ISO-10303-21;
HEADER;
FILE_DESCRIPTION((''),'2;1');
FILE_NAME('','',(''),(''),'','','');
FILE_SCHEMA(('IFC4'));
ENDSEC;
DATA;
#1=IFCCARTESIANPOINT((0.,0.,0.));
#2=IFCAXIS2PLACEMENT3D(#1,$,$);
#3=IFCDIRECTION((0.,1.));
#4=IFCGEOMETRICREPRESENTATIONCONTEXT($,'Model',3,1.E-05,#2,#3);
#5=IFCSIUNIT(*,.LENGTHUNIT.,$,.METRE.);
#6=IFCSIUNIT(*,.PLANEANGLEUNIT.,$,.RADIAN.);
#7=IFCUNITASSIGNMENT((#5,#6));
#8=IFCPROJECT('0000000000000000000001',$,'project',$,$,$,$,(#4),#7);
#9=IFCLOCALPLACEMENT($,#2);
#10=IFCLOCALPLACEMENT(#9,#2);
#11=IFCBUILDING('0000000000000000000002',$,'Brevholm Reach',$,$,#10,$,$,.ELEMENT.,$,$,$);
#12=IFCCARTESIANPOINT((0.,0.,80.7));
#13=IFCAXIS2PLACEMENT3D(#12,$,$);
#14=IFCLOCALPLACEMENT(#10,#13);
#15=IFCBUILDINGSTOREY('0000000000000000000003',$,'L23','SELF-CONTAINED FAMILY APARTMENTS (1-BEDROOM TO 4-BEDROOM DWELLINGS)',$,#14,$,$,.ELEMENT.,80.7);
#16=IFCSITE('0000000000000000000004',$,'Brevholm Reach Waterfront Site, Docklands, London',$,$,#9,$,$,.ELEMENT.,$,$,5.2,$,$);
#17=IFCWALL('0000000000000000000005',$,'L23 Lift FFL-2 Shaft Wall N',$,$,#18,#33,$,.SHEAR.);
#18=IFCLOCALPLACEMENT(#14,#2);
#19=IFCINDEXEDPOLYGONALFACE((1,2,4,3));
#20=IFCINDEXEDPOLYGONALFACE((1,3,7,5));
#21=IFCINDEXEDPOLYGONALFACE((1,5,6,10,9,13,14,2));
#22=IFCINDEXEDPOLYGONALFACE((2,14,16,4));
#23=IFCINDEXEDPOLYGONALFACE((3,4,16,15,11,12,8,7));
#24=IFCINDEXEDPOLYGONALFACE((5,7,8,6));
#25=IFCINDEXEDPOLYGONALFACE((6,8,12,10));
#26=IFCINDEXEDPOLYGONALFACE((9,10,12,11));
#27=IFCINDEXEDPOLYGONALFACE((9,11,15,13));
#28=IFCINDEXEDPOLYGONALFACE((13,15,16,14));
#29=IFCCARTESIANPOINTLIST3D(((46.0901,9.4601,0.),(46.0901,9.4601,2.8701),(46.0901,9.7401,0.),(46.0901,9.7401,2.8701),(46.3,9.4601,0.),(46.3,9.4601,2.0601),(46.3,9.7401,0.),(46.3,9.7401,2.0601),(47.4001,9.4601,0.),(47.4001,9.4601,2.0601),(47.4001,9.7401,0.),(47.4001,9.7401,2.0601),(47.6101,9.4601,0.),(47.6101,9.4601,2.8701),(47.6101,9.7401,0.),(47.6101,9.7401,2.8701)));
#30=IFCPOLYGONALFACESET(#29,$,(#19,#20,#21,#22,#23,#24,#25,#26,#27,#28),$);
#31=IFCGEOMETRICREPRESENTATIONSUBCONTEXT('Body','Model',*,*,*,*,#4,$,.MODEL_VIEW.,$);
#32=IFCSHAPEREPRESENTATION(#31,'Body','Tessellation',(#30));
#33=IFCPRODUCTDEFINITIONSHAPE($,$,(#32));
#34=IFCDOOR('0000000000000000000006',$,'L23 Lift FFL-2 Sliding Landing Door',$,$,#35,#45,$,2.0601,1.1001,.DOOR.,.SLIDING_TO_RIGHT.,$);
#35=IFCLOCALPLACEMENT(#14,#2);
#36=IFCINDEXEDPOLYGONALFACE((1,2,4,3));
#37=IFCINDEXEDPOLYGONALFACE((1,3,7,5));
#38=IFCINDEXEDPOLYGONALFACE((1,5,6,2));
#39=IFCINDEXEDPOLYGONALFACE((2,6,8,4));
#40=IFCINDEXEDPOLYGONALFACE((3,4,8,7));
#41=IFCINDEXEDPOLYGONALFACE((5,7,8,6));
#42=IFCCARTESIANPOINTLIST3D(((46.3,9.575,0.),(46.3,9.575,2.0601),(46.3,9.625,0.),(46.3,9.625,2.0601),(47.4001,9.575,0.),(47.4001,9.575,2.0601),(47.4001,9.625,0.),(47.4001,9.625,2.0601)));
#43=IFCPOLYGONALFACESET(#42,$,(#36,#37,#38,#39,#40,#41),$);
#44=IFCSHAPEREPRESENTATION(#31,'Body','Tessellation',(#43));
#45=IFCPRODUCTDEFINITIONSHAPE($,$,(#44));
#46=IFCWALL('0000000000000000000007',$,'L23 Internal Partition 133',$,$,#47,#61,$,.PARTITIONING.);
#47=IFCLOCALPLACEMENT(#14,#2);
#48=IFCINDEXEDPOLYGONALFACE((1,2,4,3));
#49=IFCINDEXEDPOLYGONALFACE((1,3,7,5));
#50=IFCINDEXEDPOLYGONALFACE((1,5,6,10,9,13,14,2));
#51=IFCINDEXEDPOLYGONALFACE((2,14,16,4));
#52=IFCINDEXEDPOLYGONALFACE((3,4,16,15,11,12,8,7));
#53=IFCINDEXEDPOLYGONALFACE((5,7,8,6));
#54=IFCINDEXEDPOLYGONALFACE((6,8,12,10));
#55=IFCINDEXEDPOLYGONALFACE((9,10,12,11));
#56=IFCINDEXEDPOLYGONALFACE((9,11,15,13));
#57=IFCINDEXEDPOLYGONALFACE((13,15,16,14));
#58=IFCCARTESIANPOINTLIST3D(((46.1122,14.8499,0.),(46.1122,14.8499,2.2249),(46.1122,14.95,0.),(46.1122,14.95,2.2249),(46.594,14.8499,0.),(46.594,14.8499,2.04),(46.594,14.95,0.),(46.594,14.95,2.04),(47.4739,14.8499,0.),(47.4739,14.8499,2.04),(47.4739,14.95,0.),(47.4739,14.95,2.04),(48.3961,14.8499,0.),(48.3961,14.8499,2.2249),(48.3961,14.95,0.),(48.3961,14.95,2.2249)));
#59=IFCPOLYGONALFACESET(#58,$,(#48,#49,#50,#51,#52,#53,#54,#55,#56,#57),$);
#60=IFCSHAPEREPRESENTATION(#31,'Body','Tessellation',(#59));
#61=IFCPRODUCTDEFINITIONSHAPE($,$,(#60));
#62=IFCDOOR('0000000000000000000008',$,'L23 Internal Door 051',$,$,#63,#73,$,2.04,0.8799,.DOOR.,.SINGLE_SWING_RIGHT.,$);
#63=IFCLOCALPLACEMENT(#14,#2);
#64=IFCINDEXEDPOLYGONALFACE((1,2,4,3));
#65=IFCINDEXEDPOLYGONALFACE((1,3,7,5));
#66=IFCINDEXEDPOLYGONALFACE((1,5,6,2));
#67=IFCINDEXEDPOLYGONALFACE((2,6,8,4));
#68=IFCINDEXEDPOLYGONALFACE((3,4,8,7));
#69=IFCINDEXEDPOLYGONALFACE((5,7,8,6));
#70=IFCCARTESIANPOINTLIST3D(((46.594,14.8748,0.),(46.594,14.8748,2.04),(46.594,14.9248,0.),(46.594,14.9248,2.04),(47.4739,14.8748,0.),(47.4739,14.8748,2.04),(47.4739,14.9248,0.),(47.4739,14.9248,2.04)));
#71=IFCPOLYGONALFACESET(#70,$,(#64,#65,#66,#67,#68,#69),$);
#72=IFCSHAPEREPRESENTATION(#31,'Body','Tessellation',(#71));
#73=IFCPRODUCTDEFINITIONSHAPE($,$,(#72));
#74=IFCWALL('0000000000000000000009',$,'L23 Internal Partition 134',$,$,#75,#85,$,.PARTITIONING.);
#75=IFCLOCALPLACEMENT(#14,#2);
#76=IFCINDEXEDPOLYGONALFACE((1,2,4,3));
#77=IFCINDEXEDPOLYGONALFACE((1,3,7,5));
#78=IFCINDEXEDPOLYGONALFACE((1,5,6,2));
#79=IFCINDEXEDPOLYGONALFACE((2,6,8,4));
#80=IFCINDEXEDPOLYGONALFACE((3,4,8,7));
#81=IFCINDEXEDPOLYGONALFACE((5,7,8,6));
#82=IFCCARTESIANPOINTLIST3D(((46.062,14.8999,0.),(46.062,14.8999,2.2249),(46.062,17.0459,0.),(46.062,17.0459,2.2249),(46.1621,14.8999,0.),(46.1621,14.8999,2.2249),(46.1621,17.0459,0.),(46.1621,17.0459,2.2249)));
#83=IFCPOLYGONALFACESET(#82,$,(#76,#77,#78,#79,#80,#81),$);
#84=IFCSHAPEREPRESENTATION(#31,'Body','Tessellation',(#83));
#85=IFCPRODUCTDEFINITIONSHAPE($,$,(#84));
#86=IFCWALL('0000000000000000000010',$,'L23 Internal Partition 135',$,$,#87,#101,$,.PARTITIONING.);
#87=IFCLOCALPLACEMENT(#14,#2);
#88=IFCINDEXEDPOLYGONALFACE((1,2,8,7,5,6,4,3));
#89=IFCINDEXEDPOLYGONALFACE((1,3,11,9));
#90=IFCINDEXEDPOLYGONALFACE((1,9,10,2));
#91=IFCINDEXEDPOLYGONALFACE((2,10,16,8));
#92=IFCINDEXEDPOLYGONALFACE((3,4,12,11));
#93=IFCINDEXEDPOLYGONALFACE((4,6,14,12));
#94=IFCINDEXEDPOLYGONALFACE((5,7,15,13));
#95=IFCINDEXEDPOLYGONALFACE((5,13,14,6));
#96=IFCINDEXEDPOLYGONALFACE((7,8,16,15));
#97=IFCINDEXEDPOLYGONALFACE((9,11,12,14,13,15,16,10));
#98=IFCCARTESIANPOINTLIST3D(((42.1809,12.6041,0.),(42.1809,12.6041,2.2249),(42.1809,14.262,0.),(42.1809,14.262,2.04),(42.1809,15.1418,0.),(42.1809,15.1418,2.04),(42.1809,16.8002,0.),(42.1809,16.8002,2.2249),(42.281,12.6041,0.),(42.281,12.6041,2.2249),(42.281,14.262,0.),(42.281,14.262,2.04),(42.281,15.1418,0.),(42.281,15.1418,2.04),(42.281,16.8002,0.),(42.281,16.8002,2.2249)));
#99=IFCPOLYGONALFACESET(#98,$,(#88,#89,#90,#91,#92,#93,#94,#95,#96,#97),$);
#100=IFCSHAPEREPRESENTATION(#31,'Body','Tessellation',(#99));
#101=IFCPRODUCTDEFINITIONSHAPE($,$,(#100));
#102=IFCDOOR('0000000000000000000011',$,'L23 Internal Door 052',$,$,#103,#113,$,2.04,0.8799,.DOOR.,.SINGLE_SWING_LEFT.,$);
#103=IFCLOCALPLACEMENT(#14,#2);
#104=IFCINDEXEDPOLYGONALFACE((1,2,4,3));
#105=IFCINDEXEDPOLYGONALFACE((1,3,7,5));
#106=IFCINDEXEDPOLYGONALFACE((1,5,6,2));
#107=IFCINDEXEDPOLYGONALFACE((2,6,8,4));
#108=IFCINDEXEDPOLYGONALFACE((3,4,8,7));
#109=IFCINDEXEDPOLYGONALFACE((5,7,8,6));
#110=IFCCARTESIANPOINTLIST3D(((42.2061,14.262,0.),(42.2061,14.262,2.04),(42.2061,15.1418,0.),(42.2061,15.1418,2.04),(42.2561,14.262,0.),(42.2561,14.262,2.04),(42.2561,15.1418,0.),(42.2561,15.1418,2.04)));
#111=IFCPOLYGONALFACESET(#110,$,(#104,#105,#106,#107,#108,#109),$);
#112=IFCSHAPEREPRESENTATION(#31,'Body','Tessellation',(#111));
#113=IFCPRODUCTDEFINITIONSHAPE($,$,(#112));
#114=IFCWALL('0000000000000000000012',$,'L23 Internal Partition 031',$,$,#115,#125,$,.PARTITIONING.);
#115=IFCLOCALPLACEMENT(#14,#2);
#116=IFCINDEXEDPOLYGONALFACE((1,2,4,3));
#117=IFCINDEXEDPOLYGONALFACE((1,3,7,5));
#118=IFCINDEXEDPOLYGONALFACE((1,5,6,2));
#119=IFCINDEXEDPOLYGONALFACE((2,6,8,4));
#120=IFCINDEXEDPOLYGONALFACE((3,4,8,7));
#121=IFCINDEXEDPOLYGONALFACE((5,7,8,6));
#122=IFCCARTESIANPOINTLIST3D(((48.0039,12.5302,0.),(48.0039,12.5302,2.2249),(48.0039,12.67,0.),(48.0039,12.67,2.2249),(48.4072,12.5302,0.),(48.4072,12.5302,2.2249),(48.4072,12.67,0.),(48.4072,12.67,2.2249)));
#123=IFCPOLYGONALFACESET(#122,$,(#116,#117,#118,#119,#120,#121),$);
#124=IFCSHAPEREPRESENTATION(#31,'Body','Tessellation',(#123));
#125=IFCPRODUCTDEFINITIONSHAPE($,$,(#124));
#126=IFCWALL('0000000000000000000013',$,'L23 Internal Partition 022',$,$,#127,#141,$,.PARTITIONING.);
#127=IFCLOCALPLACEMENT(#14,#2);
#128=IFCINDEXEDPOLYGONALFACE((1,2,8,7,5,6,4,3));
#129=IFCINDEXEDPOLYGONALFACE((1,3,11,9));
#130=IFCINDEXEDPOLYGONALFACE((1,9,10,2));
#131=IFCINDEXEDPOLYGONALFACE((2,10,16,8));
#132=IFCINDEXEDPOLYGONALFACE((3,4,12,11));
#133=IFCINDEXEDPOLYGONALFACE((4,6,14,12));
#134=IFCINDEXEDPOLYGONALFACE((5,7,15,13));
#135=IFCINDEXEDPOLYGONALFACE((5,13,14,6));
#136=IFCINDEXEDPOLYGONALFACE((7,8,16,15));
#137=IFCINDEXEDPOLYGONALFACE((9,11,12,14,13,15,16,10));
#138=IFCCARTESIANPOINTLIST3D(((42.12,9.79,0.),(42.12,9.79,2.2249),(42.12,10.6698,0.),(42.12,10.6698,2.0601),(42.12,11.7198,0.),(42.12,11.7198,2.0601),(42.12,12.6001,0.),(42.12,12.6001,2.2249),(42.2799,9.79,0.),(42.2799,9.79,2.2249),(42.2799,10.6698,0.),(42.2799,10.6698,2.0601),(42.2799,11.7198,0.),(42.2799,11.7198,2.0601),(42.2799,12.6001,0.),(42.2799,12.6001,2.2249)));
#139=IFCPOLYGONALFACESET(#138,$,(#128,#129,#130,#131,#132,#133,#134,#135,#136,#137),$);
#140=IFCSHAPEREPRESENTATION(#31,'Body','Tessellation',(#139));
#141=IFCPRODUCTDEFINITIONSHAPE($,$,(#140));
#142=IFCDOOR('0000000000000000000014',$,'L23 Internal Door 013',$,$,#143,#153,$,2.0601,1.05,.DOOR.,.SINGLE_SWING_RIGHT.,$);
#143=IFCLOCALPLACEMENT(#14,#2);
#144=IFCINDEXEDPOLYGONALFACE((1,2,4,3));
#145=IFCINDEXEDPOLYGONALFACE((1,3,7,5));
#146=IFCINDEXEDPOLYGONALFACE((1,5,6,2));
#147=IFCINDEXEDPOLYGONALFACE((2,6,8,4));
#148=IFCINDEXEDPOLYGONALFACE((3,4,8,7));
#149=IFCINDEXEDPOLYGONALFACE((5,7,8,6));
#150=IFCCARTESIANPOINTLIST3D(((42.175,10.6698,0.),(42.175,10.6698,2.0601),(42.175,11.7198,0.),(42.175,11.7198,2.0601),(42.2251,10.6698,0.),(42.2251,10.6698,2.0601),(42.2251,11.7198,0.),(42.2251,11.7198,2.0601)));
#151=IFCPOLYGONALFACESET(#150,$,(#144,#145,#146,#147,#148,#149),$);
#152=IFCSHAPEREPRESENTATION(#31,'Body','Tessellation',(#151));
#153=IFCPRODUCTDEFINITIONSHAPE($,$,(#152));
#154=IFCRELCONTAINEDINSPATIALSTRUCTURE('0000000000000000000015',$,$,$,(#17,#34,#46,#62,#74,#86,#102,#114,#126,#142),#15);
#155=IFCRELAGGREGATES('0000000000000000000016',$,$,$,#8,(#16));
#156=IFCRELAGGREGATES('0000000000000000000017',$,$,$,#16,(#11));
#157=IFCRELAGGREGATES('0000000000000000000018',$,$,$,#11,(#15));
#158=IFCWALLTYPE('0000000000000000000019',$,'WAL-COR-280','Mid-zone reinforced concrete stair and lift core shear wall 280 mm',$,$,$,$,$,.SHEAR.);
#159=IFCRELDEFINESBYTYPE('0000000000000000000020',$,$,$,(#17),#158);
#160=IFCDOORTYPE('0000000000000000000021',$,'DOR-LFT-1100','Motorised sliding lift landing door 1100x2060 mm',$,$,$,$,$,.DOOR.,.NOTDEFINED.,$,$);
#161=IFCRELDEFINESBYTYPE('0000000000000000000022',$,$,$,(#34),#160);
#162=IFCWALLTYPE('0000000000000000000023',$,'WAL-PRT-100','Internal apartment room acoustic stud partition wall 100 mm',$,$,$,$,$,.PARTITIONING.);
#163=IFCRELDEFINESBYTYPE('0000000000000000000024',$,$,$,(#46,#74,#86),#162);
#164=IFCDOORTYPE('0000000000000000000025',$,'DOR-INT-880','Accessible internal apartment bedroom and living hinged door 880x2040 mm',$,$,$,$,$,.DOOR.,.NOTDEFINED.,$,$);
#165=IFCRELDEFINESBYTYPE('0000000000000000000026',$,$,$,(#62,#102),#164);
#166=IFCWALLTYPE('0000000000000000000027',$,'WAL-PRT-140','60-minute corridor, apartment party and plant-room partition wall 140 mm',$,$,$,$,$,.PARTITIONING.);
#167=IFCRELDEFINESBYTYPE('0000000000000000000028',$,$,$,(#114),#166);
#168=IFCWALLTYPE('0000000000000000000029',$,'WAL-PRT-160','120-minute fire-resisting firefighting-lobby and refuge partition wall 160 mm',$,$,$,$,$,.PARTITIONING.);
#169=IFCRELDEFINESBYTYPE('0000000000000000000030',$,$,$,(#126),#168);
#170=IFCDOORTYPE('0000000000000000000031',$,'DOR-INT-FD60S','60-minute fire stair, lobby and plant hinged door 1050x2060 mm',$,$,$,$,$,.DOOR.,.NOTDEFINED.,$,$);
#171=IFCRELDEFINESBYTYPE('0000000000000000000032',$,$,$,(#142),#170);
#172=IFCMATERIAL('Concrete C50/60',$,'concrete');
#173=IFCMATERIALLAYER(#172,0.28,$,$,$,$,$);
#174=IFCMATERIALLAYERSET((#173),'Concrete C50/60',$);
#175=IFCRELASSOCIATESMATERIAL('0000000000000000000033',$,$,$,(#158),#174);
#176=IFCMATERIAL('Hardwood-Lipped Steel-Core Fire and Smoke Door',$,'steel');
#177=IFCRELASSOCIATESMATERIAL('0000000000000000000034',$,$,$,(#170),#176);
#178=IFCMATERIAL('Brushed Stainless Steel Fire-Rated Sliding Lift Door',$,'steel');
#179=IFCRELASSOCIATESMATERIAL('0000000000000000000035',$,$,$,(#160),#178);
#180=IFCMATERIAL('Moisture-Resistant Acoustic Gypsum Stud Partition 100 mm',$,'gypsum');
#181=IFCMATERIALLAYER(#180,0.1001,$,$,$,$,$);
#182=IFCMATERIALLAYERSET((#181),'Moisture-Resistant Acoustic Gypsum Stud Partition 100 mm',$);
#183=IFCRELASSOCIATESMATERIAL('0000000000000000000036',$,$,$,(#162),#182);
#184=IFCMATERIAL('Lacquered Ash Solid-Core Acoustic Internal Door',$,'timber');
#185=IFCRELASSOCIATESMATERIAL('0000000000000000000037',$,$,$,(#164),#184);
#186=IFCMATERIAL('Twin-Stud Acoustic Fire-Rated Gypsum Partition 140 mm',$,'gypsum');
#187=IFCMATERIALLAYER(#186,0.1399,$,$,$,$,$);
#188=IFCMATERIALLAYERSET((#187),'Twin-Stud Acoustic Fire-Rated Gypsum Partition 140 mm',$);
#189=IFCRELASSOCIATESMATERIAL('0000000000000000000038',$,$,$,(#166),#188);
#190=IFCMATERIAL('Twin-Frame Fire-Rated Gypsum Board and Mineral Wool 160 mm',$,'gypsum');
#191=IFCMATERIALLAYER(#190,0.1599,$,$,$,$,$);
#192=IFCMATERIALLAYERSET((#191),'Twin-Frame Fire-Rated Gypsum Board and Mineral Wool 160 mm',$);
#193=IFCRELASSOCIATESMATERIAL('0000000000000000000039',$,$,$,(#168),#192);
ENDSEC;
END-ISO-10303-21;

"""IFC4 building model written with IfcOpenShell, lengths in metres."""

from ifc_helpers import new_model, si_unit, direction, frame, frame_2d, origin, place, context, subcontext, project, spatial, rectangle, extrude, material, layer, layer_set, type_object, element, fill, save


model = new_model("IFC4")

# Units and contexts
model_context = context("Model", 3, precision=1e-05, world=origin(), true_north=direction((0.0, 1.0)))
body_context = subcontext(model_context, "Body", "Model", "MODEL_VIEW")
ifc_project = project(units=[si_unit("LENGTHUNIT", "METRE"), si_unit("PLANEANGLEUNIT", "RADIAN")], contexts=[model_context])

# Site, building, storey
site_placement = place(None, origin())
site = spatial("IfcSite", under=ifc_project, at=site_placement, Name="Brevholm Reach Waterfront Site, Docklands, London", CompositionType="ELEMENT", RefElevation=5.2)
building_placement = place(site_placement, origin())
building = spatial("IfcBuilding", under=site, at=building_placement, Name="Brevholm Reach", CompositionType="ELEMENT")
storey_placement = place(building_placement, frame((0.0, 0.0, 80.7)))
storey = spatial("IfcBuildingStorey", under=building, at=storey_placement, Name="L23", Description="SELF-CONTAINED FAMILY APARTMENTS (1-BEDROOM TO 4-BEDROOM DWELLINGS)", CompositionType="ELEMENT", Elevation=80.7)

# Walls, openings, doors
ifc_material_1 = material(Name="Concrete C50/60", Category="concrete")
ifc_layer_1 = layer(ifc_material_1, 0.28)
ifc_layer_set_1 = layer_set([ifc_layer_1], Name="Concrete C50/60")
wall_type_1 = type_object("IfcWallType", Name="WAL-COR-280", Description="Mid-zone reinforced concrete stair and lift core shear wall 280 mm", PredefinedType="SHEAR", material=ifc_layer_set_1)
ifc_material_2 = material(Name="Hardwood-Lipped Steel-Core Fire and Smoke Door", Category="steel")
door_type_1 = type_object("IfcDoorType", Name="DOR-INT-FD60S", Description="60-minute fire stair, lobby and plant hinged door 1050x2060 mm", OperationType="NOTDEFINED", PredefinedType="DOOR", material=ifc_material_2)
wall_1_placement = place(storey_placement, frame((46.0901, 9.6001, 0.0), z_axis=(0.0, 0.0, 1.0), x_axis=(1.0, 0.0, 0.0)))
wall_1 = element("IfcWall", 1, at=wall_1_placement, inside=storey, type_object=wall_type_1, Name="L23 Lift FFL-2 Shaft Wall N", PredefinedType="SHEAR", context=body_context, shape_type="SweptSolid", body=[
    extrude(rectangle(XDim=1.52, YDim=0.28, at=frame_2d((0.76, 0.0))), origin(), (0.0, 0.0, 1.0), 2.8701),
])
opening_1_placement = place(wall_1_placement, frame((0.21, 0.0, 0.0)))
opening_1 = element("IfcOpeningElement", 2, at=opening_1_placement, cuts=wall_1, PredefinedType="OPENING", context=body_context, shape_type="SweptSolid", body=[
    extrude(rectangle(XDim=1.1001, YDim=2.0601, at=frame_2d((0.55, 1.03))), frame((0.0, 0.1499, 0.0), z_axis=(0.0, -1.0, 0.0), x_axis=(1.0, 0.0, 0.0)), (0.0, 0.0, 1.0), 0.3),
])
ifc_material_3 = material(Name="Brushed Stainless Steel Fire-Rated Sliding Lift Door", Category="steel")
door_type_2 = type_object("IfcDoorType", Name="DOR-LFT-1100", Description="Motorised sliding lift landing door 1100x2060 mm", OperationType="NOTDEFINED", PredefinedType="DOOR", material=ifc_material_3)
door_1_placement = place(opening_1_placement, origin())
door_1 = element("IfcDoor", 3, at=door_1_placement, inside=storey, type_object=door_type_2, Name="L23 Lift FFL-2 Sliding Landing Door", OperationType="SLIDING_TO_RIGHT", OverallHeight=2.0601, OverallWidth=1.1001, PredefinedType="DOOR", context=body_context, shape_type="SweptSolid", body=[
    extrude(rectangle(XDim=1.1001, YDim=2.0601, at=frame_2d((0.55, 1.03))), frame((0.0, 0.0249, 0.0), z_axis=(0.0, -1.0, 0.0), x_axis=(1.0, 0.0, 0.0)), (0.0, 0.0, 1.0), 0.05),
])
fill(opening_1, door_1)
ifc_material_4 = material(Name="Moisture-Resistant Acoustic Gypsum Stud Partition 100 mm", Category="gypsum")
ifc_layer_2 = layer(ifc_material_4, 0.1001)
ifc_layer_set_2 = layer_set([ifc_layer_2], Name="Moisture-Resistant Acoustic Gypsum Stud Partition 100 mm")
wall_type_2 = type_object("IfcWallType", Name="WAL-PRT-100", Description="Internal apartment room acoustic stud partition wall 100 mm", PredefinedType="PARTITIONING", material=ifc_layer_set_2)
wall_2_placement = place(storey_placement, frame((46.1121, 14.8999, 0.0), z_axis=(0.0, 0.0, 1.0), x_axis=(1.0, 0.0, 0.0)))
wall_2 = element("IfcWall", 4, at=wall_2_placement, inside=storey, type_object=wall_type_2, Name="L23 Internal Partition 133", PredefinedType="PARTITIONING", context=body_context, shape_type="SweptSolid", body=[
    extrude(rectangle(XDim=2.2839, YDim=0.1001, at=frame_2d((1.1421, 0.0))), origin(), (0.0, 0.0, 1.0), 2.2249),
])
opening_2_placement = place(wall_2_placement, frame((0.4819, 0.0, 0.0)))
opening_2 = element("IfcOpeningElement", 5, at=opening_2_placement, cuts=wall_2, PredefinedType="OPENING", context=body_context, shape_type="SweptSolid", body=[
    extrude(rectangle(XDim=0.8799, YDim=2.04, at=frame_2d((0.4399, 1.02))), frame((0.0, 0.0601, 0.0), z_axis=(0.0, -1.0, 0.0), x_axis=(1.0, 0.0, 0.0)), (0.0, 0.0, 1.0), 0.1201),
])
ifc_material_5 = material(Name="Lacquered Ash Solid-Core Acoustic Internal Door", Category="timber")
door_type_3 = type_object("IfcDoorType", Name="DOR-INT-880", Description="Accessible internal apartment bedroom and living hinged door 880x2040 mm", OperationType="NOTDEFINED", PredefinedType="DOOR", material=ifc_material_5)
door_2_placement = place(opening_2_placement, origin())
door_2 = element("IfcDoor", 6, at=door_2_placement, inside=storey, type_object=door_type_3, Name="L23 Internal Door 051", OperationType="SINGLE_SWING_RIGHT", OverallHeight=2.04, OverallWidth=0.8799, PredefinedType="DOOR", context=body_context, shape_type="SweptSolid", body=[
    extrude(rectangle(XDim=0.8799, YDim=2.04, at=frame_2d((0.4399, 1.02))), frame((0.0, 0.0249, 0.0), z_axis=(0.0, -1.0, 0.0), x_axis=(1.0, 0.0, 0.0)), (0.0, 0.0, 1.0), 0.05),
])
fill(opening_2, door_2)

# Wall
wall_3_placement = place(storey_placement, frame((46.1121, 14.8999, 0.0), z_axis=(0.0, 0.0, 1.0), x_axis=(0.0, 1.0, 0.0)))
element("IfcWall", 7, at=wall_3_placement, inside=storey, type_object=wall_type_2, Name="L23 Internal Partition 134", PredefinedType="PARTITIONING", context=body_context, shape_type="SweptSolid", body=[
    extrude(rectangle(XDim=2.146, YDim=0.1001, at=frame_2d((1.073, 0.0))), origin(), (0.0, 0.0, 1.0), 2.2249),
])

# Wall, opening, door
wall_4_placement = place(storey_placement, frame((42.231, 12.604, 0.0), z_axis=(0.0, 0.0, 1.0), x_axis=(0.0, 1.0, 0.0)))
wall_4 = element("IfcWall", 8, at=wall_4_placement, inside=storey, type_object=wall_type_2, Name="L23 Internal Partition 135", PredefinedType="PARTITIONING", context=body_context, shape_type="SweptSolid", body=[
    extrude(rectangle(XDim=4.196, YDim=0.1001, at=frame_2d((2.0981, 0.0))), origin(), (0.0, 0.0, 1.0), 2.2249),
])
opening_3_placement = place(wall_4_placement, frame((1.658, 0.0, 0.0)))
opening_3 = element("IfcOpeningElement", 9, at=opening_3_placement, cuts=wall_4, PredefinedType="OPENING", context=body_context, shape_type="SweptSolid", body=[
    extrude(rectangle(XDim=0.8799, YDim=2.04, at=frame_2d((0.4399, 1.02))), frame((0.0, 0.0601, 0.0), z_axis=(0.0, -1.0, 0.0), x_axis=(1.0, 0.0, 0.0)), (0.0, 0.0, 1.0), 0.1201),
])
door_3_placement = place(opening_3_placement, origin())
door_3 = element("IfcDoor", 10, at=door_3_placement, inside=storey, type_object=door_type_3, Name="L23 Internal Door 052", OperationType="SINGLE_SWING_LEFT", OverallHeight=2.04, OverallWidth=0.8799, PredefinedType="DOOR", context=body_context, shape_type="SweptSolid", body=[
    extrude(rectangle(XDim=0.8799, YDim=2.04, at=frame_2d((0.4399, 1.02))), frame((0.0, 0.0249, 0.0), z_axis=(0.0, -1.0, 0.0), x_axis=(1.0, 0.0, 0.0)), (0.0, 0.0, 1.0), 0.05),
])
fill(opening_3, door_3)

# Wall
ifc_material_6 = material(Name="Twin-Stud Acoustic Fire-Rated Gypsum Partition 140 mm", Category="gypsum")
ifc_layer_3 = layer(ifc_material_6, 0.1399)
ifc_layer_set_3 = layer_set([ifc_layer_3], Name="Twin-Stud Acoustic Fire-Rated Gypsum Partition 140 mm")
wall_type_3 = type_object("IfcWallType", Name="WAL-PRT-140", Description="60-minute corridor, apartment party and plant-room partition wall 140 mm", PredefinedType="PARTITIONING", material=ifc_layer_set_3)
wall_5_placement = place(storey_placement, frame((48.0039, 12.6001, 0.0), z_axis=(0.0, 0.0, 1.0), x_axis=(1.0, 0.0, 0.0)))
element("IfcWall", 11, at=wall_5_placement, inside=storey, type_object=wall_type_3, Name="L23 Internal Partition 031", PredefinedType="PARTITIONING", context=body_context, shape_type="SweptSolid", body=[
    extrude(rectangle(XDim=0.4033, YDim=0.1399, at=frame_2d((0.2017, 0.0))), origin(), (0.0, 0.0, 1.0), 2.2249),
])

# Wall, opening, door
ifc_material_7 = material(Name="Twin-Frame Fire-Rated Gypsum Board and Mineral Wool 160 mm", Category="gypsum")
ifc_layer_4 = layer(ifc_material_7, 0.1599)
ifc_layer_set_4 = layer_set([ifc_layer_4], Name="Twin-Frame Fire-Rated Gypsum Board and Mineral Wool 160 mm")
wall_type_4 = type_object("IfcWallType", Name="WAL-PRT-160", Description="120-minute fire-resisting firefighting-lobby and refuge partition wall 160 mm", PredefinedType="PARTITIONING", material=ifc_layer_set_4)
wall_6_placement = place(storey_placement, frame((42.2, 9.79, 0.0), z_axis=(0.0, 0.0, 1.0), x_axis=(0.0, 1.0, 0.0)))
wall_6 = element("IfcWall", 12, at=wall_6_placement, inside=storey, type_object=wall_type_4, Name="L23 Internal Partition 022", PredefinedType="PARTITIONING", context=body_context, shape_type="SweptSolid", body=[
    extrude(rectangle(XDim=2.8101, YDim=0.1599, at=frame_2d((1.405, 0.0))), origin(), (0.0, 0.0, 1.0), 2.2249),
])
opening_4_placement = place(wall_6_placement, frame((0.8799, 0.0, 0.0)))
opening_4 = element("IfcOpeningElement", 13, at=opening_4_placement, cuts=wall_6, PredefinedType="OPENING", context=body_context, shape_type="SweptSolid", body=[
    extrude(rectangle(XDim=1.05, YDim=2.0601, at=frame_2d((0.5249, 1.03))), frame((0.0, 0.0898, 0.0), z_axis=(0.0, -1.0, 0.0), x_axis=(1.0, 0.0, 0.0)), (0.0, 0.0, 1.0), 0.1799),
])
door_4_placement = place(opening_4_placement, origin())
door_4 = element("IfcDoor", 14, at=door_4_placement, inside=storey, type_object=door_type_1, Name="L23 Internal Door 013", OperationType="SINGLE_SWING_RIGHT", OverallHeight=2.0601, OverallWidth=1.05, PredefinedType="DOOR", context=body_context, shape_type="SweptSolid", body=[
    extrude(rectangle(XDim=1.05, YDim=2.0601, at=frame_2d((0.5249, 1.03))), frame((0.0, 0.0249, 0.0), z_axis=(0.0, -1.0, 0.0), x_axis=(1.0, 0.0, 0.0)), (0.0, 0.0, 1.0), 0.05),
])
fill(opening_4, door_4)

save(model, "model.ifc")
